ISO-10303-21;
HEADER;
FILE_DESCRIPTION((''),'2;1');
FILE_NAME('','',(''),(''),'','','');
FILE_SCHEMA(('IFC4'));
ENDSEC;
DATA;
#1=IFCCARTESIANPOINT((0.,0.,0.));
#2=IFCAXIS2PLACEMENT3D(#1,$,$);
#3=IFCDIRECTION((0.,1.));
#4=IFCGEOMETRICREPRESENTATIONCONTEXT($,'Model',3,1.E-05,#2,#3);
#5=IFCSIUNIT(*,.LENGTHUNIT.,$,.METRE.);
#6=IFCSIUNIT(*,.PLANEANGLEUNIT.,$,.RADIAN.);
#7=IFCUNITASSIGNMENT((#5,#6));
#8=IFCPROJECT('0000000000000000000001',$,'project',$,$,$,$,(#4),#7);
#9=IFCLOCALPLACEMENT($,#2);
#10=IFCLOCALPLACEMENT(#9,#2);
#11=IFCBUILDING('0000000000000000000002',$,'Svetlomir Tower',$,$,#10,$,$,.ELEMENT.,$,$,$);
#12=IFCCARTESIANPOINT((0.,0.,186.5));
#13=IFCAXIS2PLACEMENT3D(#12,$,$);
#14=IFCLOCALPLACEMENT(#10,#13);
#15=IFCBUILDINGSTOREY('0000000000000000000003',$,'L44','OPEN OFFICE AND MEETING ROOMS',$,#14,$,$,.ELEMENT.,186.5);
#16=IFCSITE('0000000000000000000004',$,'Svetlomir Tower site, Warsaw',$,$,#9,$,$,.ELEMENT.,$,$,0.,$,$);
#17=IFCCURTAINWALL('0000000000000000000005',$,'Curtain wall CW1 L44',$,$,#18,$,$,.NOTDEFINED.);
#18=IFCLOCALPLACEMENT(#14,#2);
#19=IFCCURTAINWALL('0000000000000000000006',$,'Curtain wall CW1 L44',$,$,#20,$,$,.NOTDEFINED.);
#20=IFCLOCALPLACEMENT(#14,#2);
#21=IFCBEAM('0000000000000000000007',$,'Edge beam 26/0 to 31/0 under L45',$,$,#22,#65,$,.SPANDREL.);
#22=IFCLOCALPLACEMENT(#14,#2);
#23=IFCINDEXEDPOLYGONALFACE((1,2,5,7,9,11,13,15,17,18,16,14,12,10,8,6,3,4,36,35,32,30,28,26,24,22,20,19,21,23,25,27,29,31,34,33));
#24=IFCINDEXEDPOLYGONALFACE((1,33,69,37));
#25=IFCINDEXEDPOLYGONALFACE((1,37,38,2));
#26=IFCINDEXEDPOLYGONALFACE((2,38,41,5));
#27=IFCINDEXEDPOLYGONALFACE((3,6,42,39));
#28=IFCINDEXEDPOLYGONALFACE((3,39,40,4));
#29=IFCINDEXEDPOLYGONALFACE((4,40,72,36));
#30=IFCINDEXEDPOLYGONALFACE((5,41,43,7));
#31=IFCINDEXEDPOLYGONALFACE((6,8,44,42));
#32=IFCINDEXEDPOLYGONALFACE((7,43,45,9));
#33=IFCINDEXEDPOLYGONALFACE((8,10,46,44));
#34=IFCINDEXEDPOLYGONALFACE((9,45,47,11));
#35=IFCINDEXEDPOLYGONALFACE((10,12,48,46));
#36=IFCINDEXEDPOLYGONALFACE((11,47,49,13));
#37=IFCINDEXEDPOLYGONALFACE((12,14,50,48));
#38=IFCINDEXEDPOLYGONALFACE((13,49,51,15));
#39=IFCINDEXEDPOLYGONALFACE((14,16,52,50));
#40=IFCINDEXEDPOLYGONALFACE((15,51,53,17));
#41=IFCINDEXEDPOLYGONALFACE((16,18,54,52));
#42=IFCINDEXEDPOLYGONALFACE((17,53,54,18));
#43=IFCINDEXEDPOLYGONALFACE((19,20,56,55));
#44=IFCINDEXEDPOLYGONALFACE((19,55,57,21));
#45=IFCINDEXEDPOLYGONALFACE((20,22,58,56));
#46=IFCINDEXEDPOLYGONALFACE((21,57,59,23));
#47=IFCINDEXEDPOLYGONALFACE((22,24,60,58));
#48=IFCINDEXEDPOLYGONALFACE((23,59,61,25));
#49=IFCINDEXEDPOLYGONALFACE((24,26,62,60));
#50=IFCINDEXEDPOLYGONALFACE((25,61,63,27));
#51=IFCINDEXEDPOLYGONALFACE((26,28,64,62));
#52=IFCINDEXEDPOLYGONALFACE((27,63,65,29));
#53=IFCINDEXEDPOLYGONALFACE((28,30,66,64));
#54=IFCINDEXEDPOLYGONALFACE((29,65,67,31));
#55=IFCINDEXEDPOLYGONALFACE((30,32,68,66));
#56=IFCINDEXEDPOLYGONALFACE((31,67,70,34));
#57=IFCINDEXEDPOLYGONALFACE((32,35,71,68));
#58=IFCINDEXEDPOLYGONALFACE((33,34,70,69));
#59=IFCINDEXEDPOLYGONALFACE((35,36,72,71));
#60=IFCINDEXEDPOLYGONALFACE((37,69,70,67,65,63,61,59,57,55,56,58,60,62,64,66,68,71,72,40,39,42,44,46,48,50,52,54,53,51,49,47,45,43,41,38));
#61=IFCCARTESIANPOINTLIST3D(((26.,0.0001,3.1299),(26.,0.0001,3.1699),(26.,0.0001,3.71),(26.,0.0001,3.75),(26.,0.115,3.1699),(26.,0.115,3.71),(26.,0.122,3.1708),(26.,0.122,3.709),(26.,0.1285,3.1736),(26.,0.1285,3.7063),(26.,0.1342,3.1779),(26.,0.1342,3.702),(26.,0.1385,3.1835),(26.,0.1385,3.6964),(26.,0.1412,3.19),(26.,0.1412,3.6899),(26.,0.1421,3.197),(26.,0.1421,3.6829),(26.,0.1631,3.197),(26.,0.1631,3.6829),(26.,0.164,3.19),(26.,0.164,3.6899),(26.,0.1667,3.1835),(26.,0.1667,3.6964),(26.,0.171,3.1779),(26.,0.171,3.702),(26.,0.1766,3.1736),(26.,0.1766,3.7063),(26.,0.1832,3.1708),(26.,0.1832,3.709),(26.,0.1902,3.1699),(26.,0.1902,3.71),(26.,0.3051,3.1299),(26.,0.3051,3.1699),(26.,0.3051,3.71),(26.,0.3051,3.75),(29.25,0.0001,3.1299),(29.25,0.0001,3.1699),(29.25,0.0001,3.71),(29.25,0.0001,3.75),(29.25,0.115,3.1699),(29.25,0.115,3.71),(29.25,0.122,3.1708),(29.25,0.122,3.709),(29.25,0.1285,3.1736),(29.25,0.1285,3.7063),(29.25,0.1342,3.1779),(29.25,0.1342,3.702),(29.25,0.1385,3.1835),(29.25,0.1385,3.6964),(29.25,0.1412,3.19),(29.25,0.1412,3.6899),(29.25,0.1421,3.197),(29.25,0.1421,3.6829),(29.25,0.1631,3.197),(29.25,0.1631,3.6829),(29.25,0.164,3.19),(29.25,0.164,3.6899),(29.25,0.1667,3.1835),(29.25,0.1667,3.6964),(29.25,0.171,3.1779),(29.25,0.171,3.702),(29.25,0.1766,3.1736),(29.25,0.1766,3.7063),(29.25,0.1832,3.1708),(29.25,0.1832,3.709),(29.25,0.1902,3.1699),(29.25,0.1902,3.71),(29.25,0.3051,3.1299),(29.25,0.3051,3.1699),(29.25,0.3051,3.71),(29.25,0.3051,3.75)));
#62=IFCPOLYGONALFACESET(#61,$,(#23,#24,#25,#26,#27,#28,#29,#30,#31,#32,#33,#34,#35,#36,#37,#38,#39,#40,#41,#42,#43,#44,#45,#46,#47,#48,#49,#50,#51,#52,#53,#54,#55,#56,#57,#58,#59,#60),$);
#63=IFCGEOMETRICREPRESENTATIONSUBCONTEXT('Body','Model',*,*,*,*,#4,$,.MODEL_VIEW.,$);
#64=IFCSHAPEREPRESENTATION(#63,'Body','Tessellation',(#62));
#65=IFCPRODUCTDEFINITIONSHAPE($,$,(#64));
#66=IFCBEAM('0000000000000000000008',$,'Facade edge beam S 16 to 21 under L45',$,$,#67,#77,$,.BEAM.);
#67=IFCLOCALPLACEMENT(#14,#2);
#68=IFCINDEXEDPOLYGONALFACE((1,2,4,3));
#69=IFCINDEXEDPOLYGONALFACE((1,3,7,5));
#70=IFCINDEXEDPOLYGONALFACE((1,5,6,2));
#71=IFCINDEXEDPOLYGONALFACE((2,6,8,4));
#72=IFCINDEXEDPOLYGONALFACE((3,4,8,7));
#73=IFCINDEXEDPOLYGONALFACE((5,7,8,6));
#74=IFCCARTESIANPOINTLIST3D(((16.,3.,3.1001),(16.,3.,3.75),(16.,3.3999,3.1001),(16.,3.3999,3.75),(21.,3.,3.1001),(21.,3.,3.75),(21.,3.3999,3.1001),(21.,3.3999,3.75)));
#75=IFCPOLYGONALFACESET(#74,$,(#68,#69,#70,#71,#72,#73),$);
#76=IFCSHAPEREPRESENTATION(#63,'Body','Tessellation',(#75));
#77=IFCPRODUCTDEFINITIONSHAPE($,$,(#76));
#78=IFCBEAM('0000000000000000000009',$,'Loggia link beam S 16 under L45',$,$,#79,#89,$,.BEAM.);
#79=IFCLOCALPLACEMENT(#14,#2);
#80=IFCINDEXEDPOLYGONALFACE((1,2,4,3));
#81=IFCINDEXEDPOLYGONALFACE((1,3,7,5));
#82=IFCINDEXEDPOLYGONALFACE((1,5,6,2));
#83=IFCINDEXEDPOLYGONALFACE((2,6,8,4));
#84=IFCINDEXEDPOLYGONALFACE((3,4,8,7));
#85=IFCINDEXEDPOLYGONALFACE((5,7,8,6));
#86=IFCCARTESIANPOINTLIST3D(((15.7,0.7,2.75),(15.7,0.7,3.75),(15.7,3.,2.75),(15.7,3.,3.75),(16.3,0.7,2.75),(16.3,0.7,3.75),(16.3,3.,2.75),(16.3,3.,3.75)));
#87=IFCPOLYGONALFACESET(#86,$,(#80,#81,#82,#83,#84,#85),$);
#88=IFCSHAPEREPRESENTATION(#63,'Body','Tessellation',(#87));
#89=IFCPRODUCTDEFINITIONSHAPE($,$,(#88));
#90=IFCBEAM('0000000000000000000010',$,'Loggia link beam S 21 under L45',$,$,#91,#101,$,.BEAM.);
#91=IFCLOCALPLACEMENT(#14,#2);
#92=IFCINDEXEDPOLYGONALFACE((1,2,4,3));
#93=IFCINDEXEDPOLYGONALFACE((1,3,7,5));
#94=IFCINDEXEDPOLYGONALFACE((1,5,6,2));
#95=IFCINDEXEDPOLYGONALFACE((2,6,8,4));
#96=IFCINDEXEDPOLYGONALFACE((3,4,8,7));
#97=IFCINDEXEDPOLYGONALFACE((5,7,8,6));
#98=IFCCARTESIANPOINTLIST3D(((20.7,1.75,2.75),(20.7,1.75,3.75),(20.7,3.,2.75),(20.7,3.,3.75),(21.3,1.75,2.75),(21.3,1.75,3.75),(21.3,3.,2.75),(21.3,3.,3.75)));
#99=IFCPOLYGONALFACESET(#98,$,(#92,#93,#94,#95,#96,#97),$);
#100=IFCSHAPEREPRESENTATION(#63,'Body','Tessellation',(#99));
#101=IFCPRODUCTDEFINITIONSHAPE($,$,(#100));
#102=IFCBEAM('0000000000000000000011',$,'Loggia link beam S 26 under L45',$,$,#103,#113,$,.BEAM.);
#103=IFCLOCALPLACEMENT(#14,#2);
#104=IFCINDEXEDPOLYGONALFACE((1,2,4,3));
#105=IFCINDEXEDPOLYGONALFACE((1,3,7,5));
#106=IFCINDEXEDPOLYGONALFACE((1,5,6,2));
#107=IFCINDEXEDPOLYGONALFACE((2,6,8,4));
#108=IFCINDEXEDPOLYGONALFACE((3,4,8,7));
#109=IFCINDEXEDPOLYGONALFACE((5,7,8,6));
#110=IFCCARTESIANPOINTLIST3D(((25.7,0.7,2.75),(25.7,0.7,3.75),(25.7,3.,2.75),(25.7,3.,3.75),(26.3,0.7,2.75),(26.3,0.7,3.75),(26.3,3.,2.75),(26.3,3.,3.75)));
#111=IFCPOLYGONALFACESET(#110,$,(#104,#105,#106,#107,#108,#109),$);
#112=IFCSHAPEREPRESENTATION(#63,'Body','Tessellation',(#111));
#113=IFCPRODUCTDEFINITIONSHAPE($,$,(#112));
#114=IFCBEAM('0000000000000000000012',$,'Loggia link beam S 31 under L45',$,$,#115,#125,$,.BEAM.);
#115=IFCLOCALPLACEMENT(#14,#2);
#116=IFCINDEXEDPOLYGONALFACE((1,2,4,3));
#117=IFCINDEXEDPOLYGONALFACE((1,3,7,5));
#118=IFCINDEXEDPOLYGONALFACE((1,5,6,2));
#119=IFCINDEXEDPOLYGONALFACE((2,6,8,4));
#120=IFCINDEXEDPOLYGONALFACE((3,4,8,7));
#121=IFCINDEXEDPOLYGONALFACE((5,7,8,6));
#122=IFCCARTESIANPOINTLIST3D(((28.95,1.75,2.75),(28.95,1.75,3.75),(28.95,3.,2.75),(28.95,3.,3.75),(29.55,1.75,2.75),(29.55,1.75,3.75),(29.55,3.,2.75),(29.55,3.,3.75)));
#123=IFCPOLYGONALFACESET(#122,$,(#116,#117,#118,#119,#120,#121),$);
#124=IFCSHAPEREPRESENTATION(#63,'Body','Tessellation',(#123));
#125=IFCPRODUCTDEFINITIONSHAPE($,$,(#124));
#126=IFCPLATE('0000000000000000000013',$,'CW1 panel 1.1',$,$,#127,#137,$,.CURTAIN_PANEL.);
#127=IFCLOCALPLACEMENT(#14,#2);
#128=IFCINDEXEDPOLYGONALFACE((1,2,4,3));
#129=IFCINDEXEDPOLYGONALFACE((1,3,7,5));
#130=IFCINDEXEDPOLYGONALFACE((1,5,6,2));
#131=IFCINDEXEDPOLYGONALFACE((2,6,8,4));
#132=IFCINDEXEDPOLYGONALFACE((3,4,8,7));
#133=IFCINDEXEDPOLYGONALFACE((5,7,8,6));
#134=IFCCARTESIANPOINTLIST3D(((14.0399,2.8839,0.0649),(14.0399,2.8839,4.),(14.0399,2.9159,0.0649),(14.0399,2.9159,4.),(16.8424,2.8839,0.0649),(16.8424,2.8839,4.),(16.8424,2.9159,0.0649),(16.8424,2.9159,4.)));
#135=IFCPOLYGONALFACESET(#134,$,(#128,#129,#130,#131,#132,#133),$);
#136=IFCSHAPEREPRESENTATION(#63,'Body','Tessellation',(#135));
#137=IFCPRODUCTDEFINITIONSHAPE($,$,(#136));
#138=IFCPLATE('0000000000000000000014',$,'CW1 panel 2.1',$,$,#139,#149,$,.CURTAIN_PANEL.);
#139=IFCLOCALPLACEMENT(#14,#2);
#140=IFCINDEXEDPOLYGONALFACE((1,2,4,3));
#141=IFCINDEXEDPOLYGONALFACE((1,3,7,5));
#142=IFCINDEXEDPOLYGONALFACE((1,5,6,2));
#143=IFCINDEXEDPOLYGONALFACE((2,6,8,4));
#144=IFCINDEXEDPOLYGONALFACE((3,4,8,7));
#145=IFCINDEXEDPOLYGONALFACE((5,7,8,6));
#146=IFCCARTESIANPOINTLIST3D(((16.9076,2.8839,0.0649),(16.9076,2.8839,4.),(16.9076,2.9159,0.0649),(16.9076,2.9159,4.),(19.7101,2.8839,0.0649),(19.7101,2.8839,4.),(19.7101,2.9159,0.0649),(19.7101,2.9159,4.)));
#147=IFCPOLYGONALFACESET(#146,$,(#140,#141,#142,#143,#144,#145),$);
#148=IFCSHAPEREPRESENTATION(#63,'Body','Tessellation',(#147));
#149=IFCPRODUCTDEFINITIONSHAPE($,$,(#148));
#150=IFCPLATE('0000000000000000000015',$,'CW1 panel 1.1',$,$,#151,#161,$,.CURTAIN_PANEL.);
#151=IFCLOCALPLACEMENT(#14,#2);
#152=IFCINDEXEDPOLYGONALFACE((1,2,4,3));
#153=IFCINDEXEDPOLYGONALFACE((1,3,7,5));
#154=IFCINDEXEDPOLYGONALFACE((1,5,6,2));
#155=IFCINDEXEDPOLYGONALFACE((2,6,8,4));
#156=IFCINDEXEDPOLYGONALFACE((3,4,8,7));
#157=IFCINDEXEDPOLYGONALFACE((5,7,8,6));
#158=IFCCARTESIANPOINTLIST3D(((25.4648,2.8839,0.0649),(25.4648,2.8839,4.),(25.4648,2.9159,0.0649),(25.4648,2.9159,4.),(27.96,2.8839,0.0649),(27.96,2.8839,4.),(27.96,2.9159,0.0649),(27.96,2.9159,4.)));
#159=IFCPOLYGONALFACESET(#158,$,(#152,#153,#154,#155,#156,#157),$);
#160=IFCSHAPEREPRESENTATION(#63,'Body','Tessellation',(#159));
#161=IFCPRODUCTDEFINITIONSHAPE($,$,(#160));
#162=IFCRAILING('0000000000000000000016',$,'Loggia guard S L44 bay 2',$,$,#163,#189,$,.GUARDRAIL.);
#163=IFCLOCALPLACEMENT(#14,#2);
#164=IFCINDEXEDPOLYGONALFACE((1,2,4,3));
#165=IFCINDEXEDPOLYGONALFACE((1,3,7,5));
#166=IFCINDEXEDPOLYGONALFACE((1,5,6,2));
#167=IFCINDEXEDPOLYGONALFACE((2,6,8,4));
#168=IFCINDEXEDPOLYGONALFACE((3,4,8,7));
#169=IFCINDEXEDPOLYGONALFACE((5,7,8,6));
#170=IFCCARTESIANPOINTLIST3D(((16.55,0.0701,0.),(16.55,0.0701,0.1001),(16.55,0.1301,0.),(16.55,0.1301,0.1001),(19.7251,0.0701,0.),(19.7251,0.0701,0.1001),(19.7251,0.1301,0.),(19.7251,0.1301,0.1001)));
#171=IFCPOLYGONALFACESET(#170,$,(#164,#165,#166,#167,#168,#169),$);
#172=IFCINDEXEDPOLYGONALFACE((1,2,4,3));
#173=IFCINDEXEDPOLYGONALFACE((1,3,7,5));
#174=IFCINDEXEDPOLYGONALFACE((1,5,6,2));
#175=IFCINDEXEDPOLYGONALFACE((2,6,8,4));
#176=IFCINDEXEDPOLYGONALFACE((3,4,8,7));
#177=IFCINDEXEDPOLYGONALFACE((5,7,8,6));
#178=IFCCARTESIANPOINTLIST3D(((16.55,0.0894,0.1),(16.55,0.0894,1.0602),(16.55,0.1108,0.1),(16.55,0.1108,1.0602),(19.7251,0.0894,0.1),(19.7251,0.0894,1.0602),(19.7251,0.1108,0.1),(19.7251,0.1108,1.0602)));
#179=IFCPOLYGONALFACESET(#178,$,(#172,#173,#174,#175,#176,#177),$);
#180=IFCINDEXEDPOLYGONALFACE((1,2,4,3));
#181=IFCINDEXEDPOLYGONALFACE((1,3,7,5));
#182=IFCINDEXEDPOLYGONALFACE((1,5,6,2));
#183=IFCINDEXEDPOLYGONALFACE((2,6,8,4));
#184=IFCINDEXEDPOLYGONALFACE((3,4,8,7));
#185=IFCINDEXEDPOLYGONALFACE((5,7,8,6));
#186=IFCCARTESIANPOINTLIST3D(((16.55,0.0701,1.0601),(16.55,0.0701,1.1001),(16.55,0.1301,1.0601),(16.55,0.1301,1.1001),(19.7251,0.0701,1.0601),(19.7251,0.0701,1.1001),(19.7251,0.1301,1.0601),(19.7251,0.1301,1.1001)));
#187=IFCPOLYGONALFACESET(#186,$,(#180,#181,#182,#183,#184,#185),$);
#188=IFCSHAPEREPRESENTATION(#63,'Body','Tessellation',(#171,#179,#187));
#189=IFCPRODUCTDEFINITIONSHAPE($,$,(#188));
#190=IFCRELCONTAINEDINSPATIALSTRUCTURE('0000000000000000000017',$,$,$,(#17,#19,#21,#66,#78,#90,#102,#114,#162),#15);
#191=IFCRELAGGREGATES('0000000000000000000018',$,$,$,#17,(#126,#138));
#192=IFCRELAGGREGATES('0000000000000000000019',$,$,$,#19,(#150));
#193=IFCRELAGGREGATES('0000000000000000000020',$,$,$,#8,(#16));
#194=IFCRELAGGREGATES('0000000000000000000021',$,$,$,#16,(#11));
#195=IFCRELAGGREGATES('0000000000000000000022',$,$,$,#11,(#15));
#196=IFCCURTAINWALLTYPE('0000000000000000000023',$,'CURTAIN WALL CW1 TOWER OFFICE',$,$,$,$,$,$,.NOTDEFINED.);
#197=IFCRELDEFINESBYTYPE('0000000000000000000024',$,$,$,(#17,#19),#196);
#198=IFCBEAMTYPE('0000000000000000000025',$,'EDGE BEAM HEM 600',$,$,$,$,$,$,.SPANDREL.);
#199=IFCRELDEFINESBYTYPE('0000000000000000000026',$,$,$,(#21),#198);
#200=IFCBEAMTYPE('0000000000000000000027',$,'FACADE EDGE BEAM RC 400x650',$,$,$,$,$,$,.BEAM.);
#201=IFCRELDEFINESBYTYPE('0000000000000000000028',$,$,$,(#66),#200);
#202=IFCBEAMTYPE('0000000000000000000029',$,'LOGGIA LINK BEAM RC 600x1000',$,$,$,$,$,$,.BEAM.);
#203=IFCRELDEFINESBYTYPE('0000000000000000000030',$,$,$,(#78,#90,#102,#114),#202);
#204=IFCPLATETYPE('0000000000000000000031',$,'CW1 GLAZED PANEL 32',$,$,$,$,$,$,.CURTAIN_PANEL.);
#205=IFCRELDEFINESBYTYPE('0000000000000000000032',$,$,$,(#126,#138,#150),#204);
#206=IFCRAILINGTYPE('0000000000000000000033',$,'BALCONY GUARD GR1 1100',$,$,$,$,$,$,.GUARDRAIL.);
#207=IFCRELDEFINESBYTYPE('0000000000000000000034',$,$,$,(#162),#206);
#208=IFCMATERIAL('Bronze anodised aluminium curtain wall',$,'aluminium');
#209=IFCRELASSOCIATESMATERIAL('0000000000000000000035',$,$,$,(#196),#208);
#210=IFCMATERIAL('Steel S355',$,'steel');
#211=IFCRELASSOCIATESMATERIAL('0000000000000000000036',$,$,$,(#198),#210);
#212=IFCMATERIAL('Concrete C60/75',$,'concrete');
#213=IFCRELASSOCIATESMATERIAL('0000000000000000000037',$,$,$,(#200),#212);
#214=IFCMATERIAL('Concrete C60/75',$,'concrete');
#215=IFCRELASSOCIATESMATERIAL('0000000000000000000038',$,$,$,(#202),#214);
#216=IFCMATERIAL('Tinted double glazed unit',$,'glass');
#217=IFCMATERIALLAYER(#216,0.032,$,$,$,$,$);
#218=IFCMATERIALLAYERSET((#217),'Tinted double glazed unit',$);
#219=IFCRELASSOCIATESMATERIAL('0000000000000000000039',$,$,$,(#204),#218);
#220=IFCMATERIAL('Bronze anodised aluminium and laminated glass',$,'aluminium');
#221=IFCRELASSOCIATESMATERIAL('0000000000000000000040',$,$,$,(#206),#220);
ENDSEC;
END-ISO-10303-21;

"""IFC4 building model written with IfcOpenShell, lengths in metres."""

from ifc_helpers import new_model, si_unit, direction, frame, origin, origin_2d, place, context, subcontext, project, spatial, rectangle, i_section, extrude, material, layer, layer_set, material_profile, profile_set, type_object, element, aggregate, save


model = new_model("IFC4")

# Units and contexts
model_context = context("Model", 3, precision=1e-05, world=origin(), true_north=direction((0.0, 1.0)))
body_context = subcontext(model_context, "Body", "Model", "MODEL_VIEW")
ifc_project = project(units=[si_unit("LENGTHUNIT", "METRE"), si_unit("PLANEANGLEUNIT", "RADIAN")], contexts=[model_context])

# Site, building, storey
site_placement = place(None, origin())
site = spatial("IfcSite", under=ifc_project, at=site_placement, Name="Svetlomir Tower site, Warsaw", CompositionType="ELEMENT", RefElevation=0.0)
building_placement = place(site_placement, origin())
building = spatial("IfcBuilding", under=site, at=building_placement, Name="Svetlomir Tower", CompositionType="ELEMENT")
storey_placement = place(building_placement, frame((0.0, 0.0, 186.5)))
storey = spatial("IfcBuildingStorey", under=building, at=storey_placement, Name="L44", Description="OPEN OFFICE AND MEETING ROOMS", CompositionType="ELEMENT", Elevation=186.5)

# Curtain walls
ifc_material_1 = material(Name="Bronze anodised aluminium curtain wall", Category="aluminium")
curtain_wall_type = type_object("IfcCurtainWallType", Name="CURTAIN WALL CW1 TOWER OFFICE", PredefinedType="NOTDEFINED", material=ifc_material_1)
curtain_wall_1_placement = place(storey_placement, origin())
curtain_wall_1 = element("IfcCurtainWall", 1, at=curtain_wall_1_placement, inside=storey, type_object=curtain_wall_type, Name="Curtain wall CW1 L44", PredefinedType="NOTDEFINED")
curtain_wall_2_placement = place(storey_placement, origin())
curtain_wall_2 = element("IfcCurtainWall", 2, at=curtain_wall_2_placement, inside=storey, type_object=curtain_wall_type, Name="Curtain wall CW1 L44", PredefinedType="NOTDEFINED")

# Beams
ifc_material_2 = material(Name="Steel S355", Category="steel")
ifc_material_profile_1 = material_profile(ifc_material_2, i_section(OverallWidth=0.3049, OverallDepth=0.6201, WebThickness=0.021, FlangeThickness=0.04, FilletRadius=0.0271, at=origin_2d()), Name="HEM 600")
ifc_profile_set_1 = profile_set([ifc_material_profile_1], Name="Steel S355")
beam_type_1 = type_object("IfcBeamType", Name="EDGE BEAM HEM 600", PredefinedType="SPANDREL", material=ifc_profile_set_1)
beam_1_placement = place(storey_placement, frame((26.0, 0.1526, 3.4399), z_axis=(1.0, 0.0, 0.0), x_axis=(0.0, 1.0, 0.0)))
element("IfcBeam", 3, at=beam_1_placement, inside=storey, type_object=beam_type_1, Name="Edge beam 26/0 to 31/0 under L45", PredefinedType="SPANDREL", context=body_context, shape_type="SweptSolid", body=[
    extrude(i_section(OverallWidth=0.3049, OverallDepth=0.6201, WebThickness=0.021, FlangeThickness=0.04, FilletRadius=0.0271, at=origin_2d()), origin(), (0.0, 0.0, 1.0), 3.25),
])
ifc_material_3 = material(Name="Concrete C60/75", Category="concrete")
ifc_material_profile_2 = material_profile(ifc_material_3, rectangle(XDim=0.3999, YDim=0.6499, at=origin_2d()), Name="RC 400x650")
ifc_profile_set_2 = profile_set([ifc_material_profile_2], Name="Concrete C60/75")
beam_type_2 = type_object("IfcBeamType", Name="FACADE EDGE BEAM RC 400x650", PredefinedType="BEAM", material=ifc_profile_set_2)
beam_2_placement = place(storey_placement, frame((16.0, 3.2, 3.425), z_axis=(1.0, 0.0, 0.0), x_axis=(0.0, 1.0, 0.0)))
element("IfcBeam", 4, at=beam_2_placement, inside=storey, type_object=beam_type_2, Name="Facade edge beam S 16 to 21 under L45", PredefinedType="BEAM", context=body_context, shape_type="SweptSolid", body=[
    extrude(rectangle(XDim=0.3999, YDim=0.6499, at=origin_2d()), origin(), (0.0, 0.0, 1.0), 5.0),
])
ifc_material_4 = material(Name="Concrete C60/75", Category="concrete")
ifc_material_profile_3 = material_profile(ifc_material_4, rectangle(XDim=0.6001, YDim=1.0, at=origin_2d()), Name="RC 600x1000")
ifc_profile_set_3 = profile_set([ifc_material_profile_3], Name="Concrete C60/75")
beam_type_3 = type_object("IfcBeamType", Name="LOGGIA LINK BEAM RC 600x1000", PredefinedType="BEAM", material=ifc_profile_set_3)
beam_3_placement = place(storey_placement, frame((16.0, 0.7, 3.25), z_axis=(0.0, 1.0, 0.0), x_axis=(-1.0, 0.0, 0.0)))
element("IfcBeam", 5, at=beam_3_placement, inside=storey, type_object=beam_type_3, Name="Loggia link beam S 16 under L45", PredefinedType="BEAM", context=body_context, shape_type="SweptSolid", body=[
    extrude(rectangle(XDim=0.6001, YDim=1.0, at=origin_2d()), origin(), (0.0, 0.0, 1.0), 2.3),
])
beam_4_placement = place(storey_placement, frame((21.0, 1.75, 3.25), z_axis=(0.0, 1.0, 0.0), x_axis=(-1.0, 0.0, 0.0)))
element("IfcBeam", 6, at=beam_4_placement, inside=storey, type_object=beam_type_3, Name="Loggia link beam S 21 under L45", PredefinedType="BEAM", context=body_context, shape_type="SweptSolid", body=[
    extrude(rectangle(XDim=0.6001, YDim=1.0, at=origin_2d()), origin(), (0.0, 0.0, 1.0), 1.25),
])
beam_5_placement = place(storey_placement, frame((26.0, 0.7, 3.25), z_axis=(0.0, 1.0, 0.0), x_axis=(-1.0, 0.0, 0.0)))
element("IfcBeam", 7, at=beam_5_placement, inside=storey, type_object=beam_type_3, Name="Loggia link beam S 26 under L45", PredefinedType="BEAM", context=body_context, shape_type="SweptSolid", body=[
    extrude(rectangle(XDim=0.6001, YDim=1.0, at=origin_2d()), origin(), (0.0, 0.0, 1.0), 2.3),
])
beam_6_placement = place(storey_placement, frame((29.25, 1.75, 3.25), z_axis=(0.0, 1.0, 0.0), x_axis=(-1.0, 0.0, 0.0)))
element("IfcBeam", 8, at=beam_6_placement, inside=storey, type_object=beam_type_3, Name="Loggia link beam S 31 under L45", PredefinedType="BEAM", context=body_context, shape_type="SweptSolid", body=[
    extrude(rectangle(XDim=0.6001, YDim=1.0, at=origin_2d()), origin(), (0.0, 0.0, 1.0), 1.25),
])

# Plates
ifc_material_5 = material(Name="Tinted double glazed unit", Category="glass")
ifc_layer_1 = layer(ifc_material_5, 0.032)
ifc_layer_set_1 = layer_set([ifc_layer_1], Name="Tinted double glazed unit")
plate_type = type_object("IfcPlateType", Name="CW1 GLAZED PANEL 32", PredefinedType="CURTAIN_PANEL", material=ifc_layer_set_1)
plate_1_placement = place(storey_placement, frame((15.4412, 2.8999, 0.0649), z_axis=(0.0, 0.0, 1.0), x_axis=(1.0, 0.0, 0.0)))
plate_1 = element("IfcPlate", 9, at=plate_1_placement, type_object=plate_type, Name="CW1 panel 1.1", PredefinedType="CURTAIN_PANEL", context=body_context, shape_type="SweptSolid", body=[
    extrude(rectangle(XDim=2.8025, YDim=0.032, at=origin_2d()), origin(), (0.0, 0.0, 1.0), 3.9351),
])
plate_2_placement = place(storey_placement, frame((18.3088, 2.8999, 0.0649), z_axis=(0.0, 0.0, 1.0), x_axis=(1.0, 0.0, 0.0)))
plate_2 = element("IfcPlate", 10, at=plate_2_placement, type_object=plate_type, Name="CW1 panel 2.1", PredefinedType="CURTAIN_PANEL", context=body_context, shape_type="SweptSolid", body=[
    extrude(rectangle(XDim=2.8025, YDim=0.032, at=origin_2d()), origin(), (0.0, 0.0, 1.0), 3.9351),
])
aggregate(curtain_wall_1, [plate_1, plate_2])
plate_3_placement = place(storey_placement, frame((26.7124, 2.8999, 0.0649), z_axis=(0.0, 0.0, 1.0), x_axis=(1.0, 0.0, 0.0)))
plate_3 = element("IfcPlate", 11, at=plate_3_placement, type_object=plate_type, Name="CW1 panel 1.1", PredefinedType="CURTAIN_PANEL", context=body_context, shape_type="SweptSolid", body=[
    extrude(rectangle(XDim=2.4951, YDim=0.032, at=origin_2d()), origin(), (0.0, 0.0, 1.0), 3.9351),
])
aggregate(curtain_wall_2, [plate_3])

# Railing
ifc_material_6 = material(Name="Bronze anodised aluminium and laminated glass", Category="aluminium")
railing_type = type_object("IfcRailingType", Name="BALCONY GUARD GR1 1100", PredefinedType="GUARDRAIL", material=ifc_material_6)
for number, where, name in (
    (12, (16.55, 0.1001, 0.0), "Loggia guard S L44 bay 2"),
):
    element("IfcRailing", number, at=place(storey_placement, frame(where)), inside=storey, type_object=railing_type, Name=name, PredefinedType="GUARDRAIL", context=body_context, shape_type="SweptSolid", body=[
        extrude(rectangle(XDim=0.0601, YDim=0.1001, at=origin_2d()), frame((0.0, 0.0, 0.05), z_axis=(1.0, 0.0, 0.0), x_axis=(0.0, 1.0, 0.0)), (0.0, 0.0, 1.0), 3.175),
        extrude(rectangle(XDim=0.0215, YDim=0.9602, at=origin_2d()), frame((0.0, 0.0, 0.5801), z_axis=(1.0, 0.0, 0.0), x_axis=(0.0, 1.0, 0.0)), (0.0, 0.0, 1.0), 3.175),
        extrude(rectangle(XDim=0.0601, YDim=0.04, at=origin_2d()), frame((0.0, 0.0, 1.0801), z_axis=(1.0, 0.0, 0.0), x_axis=(0.0, 1.0, 0.0)), (0.0, 0.0, 1.0), 3.175),
    ])

save(model, "model.ifc")
